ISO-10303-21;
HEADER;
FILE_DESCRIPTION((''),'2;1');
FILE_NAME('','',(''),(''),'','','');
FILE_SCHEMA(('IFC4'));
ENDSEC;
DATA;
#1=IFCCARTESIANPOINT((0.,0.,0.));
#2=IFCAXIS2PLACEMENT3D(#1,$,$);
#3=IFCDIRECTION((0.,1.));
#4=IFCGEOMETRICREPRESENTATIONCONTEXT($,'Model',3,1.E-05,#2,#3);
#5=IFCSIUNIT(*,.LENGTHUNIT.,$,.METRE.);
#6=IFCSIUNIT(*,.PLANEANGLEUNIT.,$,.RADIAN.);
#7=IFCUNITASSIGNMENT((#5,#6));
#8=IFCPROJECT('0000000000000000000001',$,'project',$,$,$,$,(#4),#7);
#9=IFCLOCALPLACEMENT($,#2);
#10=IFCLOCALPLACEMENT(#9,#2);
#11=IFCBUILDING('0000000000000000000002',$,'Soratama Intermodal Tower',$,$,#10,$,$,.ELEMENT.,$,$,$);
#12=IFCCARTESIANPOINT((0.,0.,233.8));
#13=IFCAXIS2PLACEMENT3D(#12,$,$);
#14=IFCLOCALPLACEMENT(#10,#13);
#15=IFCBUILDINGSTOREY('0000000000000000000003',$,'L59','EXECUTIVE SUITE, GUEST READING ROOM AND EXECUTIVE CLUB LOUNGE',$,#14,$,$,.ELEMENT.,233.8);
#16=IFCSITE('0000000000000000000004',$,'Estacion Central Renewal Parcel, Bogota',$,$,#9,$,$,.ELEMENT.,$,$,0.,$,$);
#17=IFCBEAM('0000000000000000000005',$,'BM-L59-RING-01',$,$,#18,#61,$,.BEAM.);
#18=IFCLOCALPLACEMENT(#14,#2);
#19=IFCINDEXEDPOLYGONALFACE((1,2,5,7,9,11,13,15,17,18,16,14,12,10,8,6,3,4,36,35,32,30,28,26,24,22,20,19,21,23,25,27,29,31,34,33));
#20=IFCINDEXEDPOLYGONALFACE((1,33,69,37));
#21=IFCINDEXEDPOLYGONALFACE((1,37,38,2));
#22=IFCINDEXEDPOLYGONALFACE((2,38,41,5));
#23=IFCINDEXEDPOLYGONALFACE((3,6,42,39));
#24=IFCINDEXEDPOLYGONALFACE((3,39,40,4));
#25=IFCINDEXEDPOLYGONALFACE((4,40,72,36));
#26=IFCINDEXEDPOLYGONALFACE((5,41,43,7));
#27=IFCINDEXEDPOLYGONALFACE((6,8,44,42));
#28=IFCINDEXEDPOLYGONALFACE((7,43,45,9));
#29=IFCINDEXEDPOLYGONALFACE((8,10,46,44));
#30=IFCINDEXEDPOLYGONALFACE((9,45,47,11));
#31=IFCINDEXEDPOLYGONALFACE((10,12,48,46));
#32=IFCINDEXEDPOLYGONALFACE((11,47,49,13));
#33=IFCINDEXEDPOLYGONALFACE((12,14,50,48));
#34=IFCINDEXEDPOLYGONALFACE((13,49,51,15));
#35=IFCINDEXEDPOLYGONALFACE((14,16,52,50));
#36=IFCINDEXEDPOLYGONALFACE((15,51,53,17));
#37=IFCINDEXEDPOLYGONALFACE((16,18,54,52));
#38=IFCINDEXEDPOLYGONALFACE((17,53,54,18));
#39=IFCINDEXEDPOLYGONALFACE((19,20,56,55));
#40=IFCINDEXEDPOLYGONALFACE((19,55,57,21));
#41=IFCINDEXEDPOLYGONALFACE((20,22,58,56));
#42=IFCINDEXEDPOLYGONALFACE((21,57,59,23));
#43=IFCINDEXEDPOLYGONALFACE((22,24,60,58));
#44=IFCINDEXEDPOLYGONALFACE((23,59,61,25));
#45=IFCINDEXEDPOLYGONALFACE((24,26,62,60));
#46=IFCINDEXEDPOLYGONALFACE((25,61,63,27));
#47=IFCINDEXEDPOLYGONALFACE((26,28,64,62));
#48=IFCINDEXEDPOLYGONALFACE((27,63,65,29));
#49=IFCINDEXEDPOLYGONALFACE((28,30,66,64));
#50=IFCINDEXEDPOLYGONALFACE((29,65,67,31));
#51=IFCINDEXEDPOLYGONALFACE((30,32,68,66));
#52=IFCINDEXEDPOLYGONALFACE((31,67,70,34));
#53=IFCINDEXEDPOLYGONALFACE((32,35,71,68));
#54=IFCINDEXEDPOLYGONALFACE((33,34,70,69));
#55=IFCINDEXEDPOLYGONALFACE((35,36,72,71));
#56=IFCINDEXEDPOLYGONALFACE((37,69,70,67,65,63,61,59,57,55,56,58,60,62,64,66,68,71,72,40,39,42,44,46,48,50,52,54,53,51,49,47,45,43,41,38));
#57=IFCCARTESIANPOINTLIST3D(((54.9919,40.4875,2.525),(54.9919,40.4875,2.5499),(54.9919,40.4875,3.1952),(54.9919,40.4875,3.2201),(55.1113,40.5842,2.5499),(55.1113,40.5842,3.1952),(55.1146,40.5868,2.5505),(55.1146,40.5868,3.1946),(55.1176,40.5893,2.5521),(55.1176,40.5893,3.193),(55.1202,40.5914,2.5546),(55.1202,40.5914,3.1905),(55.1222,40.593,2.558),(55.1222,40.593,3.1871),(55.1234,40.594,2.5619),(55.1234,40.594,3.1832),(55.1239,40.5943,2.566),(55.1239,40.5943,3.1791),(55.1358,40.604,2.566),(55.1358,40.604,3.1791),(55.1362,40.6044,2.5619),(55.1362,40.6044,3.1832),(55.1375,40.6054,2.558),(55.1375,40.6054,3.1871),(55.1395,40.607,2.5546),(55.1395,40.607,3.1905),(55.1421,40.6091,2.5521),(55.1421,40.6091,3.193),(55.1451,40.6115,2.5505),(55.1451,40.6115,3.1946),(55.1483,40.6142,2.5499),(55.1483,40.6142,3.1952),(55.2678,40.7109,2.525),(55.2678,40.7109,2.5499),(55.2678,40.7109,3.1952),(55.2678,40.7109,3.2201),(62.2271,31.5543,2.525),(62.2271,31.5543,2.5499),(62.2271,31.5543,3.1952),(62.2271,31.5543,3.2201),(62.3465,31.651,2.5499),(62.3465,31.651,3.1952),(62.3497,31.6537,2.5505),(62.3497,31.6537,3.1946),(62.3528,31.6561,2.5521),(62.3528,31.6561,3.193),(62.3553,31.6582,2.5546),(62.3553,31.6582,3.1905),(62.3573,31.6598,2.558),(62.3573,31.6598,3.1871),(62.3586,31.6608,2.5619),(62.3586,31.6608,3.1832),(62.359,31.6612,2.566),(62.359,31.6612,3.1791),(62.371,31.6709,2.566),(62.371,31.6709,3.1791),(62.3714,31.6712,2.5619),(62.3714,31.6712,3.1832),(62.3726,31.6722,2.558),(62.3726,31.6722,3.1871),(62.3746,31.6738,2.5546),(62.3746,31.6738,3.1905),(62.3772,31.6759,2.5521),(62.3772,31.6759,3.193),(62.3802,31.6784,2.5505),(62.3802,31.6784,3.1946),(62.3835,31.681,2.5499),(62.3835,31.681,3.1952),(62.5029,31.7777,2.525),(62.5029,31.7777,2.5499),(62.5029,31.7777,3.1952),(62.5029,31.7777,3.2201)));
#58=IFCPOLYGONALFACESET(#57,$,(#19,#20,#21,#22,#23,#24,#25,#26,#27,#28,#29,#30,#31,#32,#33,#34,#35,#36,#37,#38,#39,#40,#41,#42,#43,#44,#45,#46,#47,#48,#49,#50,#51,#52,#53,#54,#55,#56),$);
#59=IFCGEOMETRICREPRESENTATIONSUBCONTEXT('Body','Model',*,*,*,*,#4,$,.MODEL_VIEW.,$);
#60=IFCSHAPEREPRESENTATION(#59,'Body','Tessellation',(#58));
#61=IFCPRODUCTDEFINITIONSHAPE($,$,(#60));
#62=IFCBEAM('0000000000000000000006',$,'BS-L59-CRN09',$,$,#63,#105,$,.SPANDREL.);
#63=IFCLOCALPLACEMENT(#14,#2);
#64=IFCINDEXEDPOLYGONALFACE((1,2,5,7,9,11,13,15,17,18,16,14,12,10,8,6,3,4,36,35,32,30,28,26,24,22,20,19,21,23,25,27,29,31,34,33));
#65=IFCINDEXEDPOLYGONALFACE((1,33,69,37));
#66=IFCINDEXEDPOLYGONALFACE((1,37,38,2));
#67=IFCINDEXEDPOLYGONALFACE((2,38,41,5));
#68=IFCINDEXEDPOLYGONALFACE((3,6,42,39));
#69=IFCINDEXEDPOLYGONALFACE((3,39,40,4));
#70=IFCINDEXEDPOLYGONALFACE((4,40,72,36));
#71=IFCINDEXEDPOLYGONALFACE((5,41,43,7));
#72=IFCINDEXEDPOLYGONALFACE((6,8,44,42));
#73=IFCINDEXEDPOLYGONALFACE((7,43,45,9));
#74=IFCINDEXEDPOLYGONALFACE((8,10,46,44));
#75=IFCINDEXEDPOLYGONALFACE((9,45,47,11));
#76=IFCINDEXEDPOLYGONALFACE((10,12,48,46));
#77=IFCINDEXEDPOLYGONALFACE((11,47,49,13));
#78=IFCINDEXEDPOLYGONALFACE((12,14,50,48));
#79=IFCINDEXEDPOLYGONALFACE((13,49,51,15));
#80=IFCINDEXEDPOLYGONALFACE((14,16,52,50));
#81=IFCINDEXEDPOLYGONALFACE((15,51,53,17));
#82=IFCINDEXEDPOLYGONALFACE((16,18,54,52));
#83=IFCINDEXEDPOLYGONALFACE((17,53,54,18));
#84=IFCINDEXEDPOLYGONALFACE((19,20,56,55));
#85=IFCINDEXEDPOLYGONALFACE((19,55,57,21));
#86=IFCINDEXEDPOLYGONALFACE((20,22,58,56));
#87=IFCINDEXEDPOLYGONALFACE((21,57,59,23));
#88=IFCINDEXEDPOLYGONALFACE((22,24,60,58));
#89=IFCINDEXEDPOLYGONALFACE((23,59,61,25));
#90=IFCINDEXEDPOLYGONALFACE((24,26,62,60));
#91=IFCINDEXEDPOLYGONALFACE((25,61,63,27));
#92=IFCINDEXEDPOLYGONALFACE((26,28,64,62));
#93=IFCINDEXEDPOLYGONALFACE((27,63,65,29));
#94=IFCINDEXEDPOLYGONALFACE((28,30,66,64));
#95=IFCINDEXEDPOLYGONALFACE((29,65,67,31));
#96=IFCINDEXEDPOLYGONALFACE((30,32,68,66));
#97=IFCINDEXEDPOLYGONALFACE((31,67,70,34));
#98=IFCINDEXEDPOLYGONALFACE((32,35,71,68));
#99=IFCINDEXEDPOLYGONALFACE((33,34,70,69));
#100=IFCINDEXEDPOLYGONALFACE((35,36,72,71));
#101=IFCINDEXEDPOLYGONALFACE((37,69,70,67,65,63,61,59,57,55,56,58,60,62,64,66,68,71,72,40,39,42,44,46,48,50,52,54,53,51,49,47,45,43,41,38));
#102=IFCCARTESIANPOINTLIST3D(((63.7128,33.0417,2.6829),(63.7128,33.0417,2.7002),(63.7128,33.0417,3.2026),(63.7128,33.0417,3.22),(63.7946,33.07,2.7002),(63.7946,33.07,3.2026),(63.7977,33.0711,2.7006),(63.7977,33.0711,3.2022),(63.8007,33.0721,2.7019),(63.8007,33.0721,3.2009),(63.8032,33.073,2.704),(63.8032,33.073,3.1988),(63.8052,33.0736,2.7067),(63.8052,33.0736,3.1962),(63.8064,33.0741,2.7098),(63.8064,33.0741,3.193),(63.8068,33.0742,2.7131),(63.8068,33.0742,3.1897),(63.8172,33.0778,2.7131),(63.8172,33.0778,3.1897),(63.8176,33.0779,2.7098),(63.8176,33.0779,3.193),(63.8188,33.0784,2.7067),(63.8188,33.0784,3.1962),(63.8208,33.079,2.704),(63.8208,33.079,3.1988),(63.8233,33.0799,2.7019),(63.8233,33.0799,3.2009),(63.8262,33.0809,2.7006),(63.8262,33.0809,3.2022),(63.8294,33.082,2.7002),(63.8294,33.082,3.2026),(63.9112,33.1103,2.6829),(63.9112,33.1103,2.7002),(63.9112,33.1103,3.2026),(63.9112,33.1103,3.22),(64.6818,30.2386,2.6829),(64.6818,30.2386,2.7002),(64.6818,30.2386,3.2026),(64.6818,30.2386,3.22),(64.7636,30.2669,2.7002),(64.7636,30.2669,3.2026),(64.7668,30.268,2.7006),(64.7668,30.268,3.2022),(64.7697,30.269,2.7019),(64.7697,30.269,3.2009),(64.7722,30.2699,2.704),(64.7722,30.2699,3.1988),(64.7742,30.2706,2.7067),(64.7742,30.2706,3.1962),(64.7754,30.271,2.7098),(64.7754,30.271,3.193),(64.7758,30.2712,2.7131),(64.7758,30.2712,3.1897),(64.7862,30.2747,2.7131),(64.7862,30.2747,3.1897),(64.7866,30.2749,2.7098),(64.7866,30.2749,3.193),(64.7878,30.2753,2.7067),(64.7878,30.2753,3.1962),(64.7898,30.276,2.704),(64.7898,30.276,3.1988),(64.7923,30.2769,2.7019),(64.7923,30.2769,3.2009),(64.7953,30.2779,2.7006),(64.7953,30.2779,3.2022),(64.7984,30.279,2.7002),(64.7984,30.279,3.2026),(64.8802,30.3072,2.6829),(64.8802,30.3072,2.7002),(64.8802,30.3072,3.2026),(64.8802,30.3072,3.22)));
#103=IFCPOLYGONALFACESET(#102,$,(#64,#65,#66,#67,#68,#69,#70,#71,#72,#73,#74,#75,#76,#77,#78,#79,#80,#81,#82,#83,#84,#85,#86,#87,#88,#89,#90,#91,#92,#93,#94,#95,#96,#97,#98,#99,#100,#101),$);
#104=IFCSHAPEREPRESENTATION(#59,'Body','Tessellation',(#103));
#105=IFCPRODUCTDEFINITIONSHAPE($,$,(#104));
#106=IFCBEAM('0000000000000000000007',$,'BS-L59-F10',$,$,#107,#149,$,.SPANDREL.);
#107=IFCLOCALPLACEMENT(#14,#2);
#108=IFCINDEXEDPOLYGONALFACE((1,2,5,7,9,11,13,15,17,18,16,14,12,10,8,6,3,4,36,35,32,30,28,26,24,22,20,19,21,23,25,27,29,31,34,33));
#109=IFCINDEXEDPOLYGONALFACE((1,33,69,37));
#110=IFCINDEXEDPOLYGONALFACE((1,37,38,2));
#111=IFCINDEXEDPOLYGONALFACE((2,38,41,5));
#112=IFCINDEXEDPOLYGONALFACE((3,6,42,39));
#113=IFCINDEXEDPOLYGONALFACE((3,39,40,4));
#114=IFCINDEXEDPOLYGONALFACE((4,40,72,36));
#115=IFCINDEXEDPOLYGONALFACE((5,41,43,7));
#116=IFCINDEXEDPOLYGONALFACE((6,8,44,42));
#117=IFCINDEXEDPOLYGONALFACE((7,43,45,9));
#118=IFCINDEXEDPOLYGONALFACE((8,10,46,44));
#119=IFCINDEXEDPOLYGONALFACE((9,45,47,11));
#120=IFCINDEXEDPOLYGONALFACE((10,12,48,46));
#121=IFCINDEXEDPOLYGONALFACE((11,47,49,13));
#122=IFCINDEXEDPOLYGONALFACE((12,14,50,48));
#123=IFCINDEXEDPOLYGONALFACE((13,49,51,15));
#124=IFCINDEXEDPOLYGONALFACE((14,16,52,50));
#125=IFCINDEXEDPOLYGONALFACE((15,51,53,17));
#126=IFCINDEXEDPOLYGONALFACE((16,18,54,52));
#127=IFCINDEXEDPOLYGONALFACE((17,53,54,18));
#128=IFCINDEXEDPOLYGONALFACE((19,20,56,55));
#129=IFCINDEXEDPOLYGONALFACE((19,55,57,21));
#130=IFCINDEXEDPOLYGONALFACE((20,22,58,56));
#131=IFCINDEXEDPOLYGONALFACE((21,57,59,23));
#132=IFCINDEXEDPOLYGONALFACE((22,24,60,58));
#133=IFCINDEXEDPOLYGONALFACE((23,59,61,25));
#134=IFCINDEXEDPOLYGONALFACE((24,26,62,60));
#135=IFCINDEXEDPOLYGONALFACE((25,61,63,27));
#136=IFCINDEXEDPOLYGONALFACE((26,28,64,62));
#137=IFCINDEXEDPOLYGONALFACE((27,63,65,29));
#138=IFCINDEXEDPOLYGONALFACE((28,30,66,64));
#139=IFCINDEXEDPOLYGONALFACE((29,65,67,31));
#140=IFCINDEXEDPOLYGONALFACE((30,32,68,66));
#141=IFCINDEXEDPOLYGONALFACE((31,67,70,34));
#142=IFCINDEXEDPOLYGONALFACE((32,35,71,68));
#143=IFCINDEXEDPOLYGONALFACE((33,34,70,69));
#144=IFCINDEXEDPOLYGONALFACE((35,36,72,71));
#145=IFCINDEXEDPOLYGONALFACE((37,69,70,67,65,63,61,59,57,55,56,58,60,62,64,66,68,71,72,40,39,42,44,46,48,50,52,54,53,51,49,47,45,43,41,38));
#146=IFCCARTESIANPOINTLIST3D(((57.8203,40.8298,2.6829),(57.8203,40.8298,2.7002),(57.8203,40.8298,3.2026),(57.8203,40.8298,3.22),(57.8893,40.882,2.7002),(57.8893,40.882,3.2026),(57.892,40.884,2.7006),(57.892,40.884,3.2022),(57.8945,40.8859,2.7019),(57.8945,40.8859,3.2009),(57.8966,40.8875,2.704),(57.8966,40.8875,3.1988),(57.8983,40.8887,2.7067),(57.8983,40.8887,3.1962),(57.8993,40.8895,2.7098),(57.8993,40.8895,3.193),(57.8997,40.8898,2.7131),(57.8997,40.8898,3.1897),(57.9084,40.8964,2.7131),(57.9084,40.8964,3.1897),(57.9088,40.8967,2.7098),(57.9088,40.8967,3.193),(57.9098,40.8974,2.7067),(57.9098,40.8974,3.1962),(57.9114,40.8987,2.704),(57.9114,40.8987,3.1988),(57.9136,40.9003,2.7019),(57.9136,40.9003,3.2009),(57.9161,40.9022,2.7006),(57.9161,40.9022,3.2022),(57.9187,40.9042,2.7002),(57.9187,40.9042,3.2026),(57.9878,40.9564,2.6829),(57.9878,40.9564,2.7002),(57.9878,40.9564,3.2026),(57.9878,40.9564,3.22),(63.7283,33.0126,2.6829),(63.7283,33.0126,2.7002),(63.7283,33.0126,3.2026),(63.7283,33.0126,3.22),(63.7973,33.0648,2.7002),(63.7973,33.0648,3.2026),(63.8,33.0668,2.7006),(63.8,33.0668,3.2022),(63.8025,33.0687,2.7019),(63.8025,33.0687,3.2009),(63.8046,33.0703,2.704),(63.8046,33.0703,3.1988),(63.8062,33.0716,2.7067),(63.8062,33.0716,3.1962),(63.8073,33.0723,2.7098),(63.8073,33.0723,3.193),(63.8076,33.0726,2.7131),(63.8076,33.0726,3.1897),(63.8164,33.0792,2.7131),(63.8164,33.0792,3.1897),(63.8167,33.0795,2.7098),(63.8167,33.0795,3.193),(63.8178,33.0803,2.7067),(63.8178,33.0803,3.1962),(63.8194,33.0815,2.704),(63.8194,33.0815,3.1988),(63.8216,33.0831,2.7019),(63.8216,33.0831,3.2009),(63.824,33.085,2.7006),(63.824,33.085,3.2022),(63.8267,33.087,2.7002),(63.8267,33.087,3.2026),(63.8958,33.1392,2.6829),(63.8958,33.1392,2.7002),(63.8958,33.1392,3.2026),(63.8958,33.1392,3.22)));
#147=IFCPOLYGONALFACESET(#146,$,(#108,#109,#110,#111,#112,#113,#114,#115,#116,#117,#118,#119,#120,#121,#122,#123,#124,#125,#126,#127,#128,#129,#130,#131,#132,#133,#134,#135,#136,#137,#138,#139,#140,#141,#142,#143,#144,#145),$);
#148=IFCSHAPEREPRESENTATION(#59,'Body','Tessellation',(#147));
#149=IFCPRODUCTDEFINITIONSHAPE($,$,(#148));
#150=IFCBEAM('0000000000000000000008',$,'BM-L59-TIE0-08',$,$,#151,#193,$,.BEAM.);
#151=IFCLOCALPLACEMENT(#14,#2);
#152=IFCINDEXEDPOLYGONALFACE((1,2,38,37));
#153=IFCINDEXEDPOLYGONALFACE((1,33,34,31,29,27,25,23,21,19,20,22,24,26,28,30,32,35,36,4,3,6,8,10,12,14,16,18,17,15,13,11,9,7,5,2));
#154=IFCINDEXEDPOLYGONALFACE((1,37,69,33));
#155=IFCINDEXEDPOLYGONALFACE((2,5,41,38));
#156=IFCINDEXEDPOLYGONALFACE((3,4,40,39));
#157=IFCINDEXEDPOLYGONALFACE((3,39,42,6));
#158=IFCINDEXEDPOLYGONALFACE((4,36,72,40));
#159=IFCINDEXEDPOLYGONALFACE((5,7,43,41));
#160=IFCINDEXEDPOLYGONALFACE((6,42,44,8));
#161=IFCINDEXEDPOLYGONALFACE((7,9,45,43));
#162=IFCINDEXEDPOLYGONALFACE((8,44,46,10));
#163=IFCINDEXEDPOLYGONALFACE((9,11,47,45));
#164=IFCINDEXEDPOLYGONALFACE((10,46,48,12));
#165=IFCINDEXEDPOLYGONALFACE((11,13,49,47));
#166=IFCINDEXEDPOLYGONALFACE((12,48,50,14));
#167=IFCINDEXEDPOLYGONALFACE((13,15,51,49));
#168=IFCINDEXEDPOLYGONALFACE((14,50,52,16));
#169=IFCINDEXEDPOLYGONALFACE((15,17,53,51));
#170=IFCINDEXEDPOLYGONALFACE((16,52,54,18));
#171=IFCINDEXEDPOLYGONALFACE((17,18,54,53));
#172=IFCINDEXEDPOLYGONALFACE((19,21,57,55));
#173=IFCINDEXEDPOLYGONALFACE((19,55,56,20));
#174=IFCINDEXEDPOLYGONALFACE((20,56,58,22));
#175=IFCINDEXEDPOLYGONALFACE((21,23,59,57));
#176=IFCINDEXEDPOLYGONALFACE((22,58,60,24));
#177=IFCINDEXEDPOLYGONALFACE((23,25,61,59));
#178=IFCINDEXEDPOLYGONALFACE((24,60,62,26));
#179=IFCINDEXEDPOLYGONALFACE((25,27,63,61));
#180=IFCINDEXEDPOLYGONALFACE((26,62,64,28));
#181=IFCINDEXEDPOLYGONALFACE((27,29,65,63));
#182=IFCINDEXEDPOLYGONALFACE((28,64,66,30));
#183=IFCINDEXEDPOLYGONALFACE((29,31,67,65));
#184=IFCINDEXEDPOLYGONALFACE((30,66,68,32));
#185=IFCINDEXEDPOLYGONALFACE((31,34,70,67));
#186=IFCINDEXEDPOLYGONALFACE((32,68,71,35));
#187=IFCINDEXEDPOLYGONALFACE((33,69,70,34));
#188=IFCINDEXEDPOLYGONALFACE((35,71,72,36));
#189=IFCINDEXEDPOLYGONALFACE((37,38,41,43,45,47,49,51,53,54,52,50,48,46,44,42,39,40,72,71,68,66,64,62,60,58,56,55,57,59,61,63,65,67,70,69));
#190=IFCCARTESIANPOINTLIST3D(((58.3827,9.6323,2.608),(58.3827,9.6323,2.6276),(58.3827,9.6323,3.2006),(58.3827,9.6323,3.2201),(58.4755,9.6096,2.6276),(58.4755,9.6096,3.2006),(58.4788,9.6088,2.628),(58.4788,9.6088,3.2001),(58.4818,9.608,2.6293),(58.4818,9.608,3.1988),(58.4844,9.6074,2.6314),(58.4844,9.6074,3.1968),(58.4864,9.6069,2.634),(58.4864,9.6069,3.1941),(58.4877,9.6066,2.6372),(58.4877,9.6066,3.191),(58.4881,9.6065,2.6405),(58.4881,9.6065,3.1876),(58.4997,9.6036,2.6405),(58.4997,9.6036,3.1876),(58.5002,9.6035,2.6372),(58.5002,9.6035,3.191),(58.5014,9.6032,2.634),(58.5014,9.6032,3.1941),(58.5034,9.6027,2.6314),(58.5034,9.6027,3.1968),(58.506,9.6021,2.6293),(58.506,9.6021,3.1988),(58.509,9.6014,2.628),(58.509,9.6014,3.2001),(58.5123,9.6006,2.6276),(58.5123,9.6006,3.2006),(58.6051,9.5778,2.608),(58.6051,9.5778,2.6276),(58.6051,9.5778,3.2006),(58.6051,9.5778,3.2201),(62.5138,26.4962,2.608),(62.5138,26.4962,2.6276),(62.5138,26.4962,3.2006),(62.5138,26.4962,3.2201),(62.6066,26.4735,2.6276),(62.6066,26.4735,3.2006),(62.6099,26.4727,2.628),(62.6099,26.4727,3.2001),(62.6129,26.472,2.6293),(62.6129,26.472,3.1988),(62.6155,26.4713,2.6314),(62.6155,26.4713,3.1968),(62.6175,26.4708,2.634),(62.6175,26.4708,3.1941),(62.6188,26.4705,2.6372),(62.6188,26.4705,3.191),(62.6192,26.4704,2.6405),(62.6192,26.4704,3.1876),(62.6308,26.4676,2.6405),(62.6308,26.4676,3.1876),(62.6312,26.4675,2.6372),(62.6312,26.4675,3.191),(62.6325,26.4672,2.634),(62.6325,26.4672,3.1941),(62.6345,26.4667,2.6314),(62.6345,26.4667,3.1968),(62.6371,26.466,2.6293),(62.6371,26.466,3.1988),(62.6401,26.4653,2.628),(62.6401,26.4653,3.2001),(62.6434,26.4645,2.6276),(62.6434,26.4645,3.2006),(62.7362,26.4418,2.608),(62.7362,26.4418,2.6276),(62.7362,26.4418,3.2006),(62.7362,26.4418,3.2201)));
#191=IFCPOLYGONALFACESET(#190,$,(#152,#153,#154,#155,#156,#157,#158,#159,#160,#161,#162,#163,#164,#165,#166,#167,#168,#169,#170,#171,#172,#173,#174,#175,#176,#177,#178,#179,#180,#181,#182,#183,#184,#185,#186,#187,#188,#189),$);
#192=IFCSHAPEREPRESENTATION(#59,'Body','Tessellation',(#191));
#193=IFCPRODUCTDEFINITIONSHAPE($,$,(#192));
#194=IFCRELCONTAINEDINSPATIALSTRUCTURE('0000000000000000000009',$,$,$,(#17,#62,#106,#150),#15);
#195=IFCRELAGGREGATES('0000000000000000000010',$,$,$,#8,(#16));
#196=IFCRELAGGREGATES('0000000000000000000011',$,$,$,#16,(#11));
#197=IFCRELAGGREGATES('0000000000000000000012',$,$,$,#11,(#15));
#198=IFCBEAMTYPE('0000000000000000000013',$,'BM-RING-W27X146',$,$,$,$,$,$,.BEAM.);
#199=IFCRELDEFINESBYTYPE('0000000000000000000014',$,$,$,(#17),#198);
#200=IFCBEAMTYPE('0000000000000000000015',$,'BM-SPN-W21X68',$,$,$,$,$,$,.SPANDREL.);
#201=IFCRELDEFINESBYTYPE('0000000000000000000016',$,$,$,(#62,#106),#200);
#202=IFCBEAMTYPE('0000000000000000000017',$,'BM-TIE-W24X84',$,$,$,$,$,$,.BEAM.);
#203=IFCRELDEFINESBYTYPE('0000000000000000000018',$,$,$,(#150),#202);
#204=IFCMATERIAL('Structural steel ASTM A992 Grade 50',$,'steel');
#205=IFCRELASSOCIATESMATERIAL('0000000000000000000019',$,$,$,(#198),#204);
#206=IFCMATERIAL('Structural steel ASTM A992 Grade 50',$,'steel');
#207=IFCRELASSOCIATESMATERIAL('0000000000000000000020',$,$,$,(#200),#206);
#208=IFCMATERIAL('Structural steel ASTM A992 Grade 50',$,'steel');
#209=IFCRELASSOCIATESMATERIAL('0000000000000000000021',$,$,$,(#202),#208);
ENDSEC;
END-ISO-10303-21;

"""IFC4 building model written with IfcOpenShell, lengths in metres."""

from ifc_helpers import new_model, si_unit, direction, frame, origin, origin_2d, place, context, subcontext, project, spatial, i_section, extrude, material, material_profile, profile_set, type_object, element, save


model = new_model("IFC4")

# Units and contexts
model_context = context("Model", 3, precision=1e-05, world=origin(), true_north=direction((0.0, 1.0)))
body_context = subcontext(model_context, "Body", "Model", "MODEL_VIEW")
ifc_project = project(units=[si_unit("LENGTHUNIT", "METRE"), si_unit("PLANEANGLEUNIT", "RADIAN")], contexts=[model_context])

# Site, building, storey
site_placement = place(None, origin())
site = spatial("IfcSite", under=ifc_project, at=site_placement, Name="Estacion Central Renewal Parcel, Bogota", CompositionType="ELEMENT", RefElevation=0.0)
building_placement = place(site_placement, origin())
building = spatial("IfcBuilding", under=site, at=building_placement, Name="Soratama Intermodal Tower", CompositionType="ELEMENT")
storey_placement = place(building_placement, frame((0.0, 0.0, 233.8)))
storey = spatial("IfcBuildingStorey", under=building, at=storey_placement, Name="L59", Description="EXECUTIVE SUITE, GUEST READING ROOM AND EXECUTIVE CLUB LOUNGE", CompositionType="ELEMENT", Elevation=233.8)

# Beams
ifc_material_1 = material(Name="Structural steel ASTM A992 Grade 50", Category="steel")
ifc_material_profile_1 = material_profile(ifc_material_1, i_section(OverallWidth=0.355, OverallDepth=0.6951, WebThickness=0.0154, FlangeThickness=0.0249, FilletRadius=0.0161, at=origin_2d()), Name="W27X146")
ifc_profile_set_1 = profile_set([ifc_material_profile_1], Name="Structural steel ASTM A992 Grade 50")
beam_type_1 = type_object("IfcBeamType", Name="BM-RING-W27X146", PredefinedType="BEAM", material=ifc_profile_set_1)
beam_1_placement = place(storey_placement, frame((62.365, 31.666, 2.8726), z_axis=(-0.629385, 0.777094, 0.0), x_axis=(-0.777094, -0.629385, 0.0)))
element("IfcBeam", 1, at=beam_1_placement, inside=storey, type_object=beam_type_1, Name="BM-L59-RING-01", PredefinedType="BEAM", context=body_context, shape_type="SweptSolid", body=[
    extrude(i_section(OverallWidth=0.355, OverallDepth=0.6951, WebThickness=0.0154, FlangeThickness=0.0249, FilletRadius=0.0161, at=origin_2d()), origin(), (0.0, 0.0, 1.0), 11.4956),
])
ifc_material_2 = material(Name="Structural steel ASTM A992 Grade 50", Category="steel")
ifc_material_profile_2 = material_profile(ifc_material_2, i_section(OverallWidth=0.21, OverallDepth=0.5371, WebThickness=0.011, FlangeThickness=0.0173, FilletRadius=0.0129, at=origin_2d()), Name="W21X68")
ifc_profile_set_2 = profile_set([ifc_material_profile_2], Name="Structural steel ASTM A992 Grade 50")
beam_type_2 = type_object("IfcBeamType", Name="BM-SPN-W21X68", PredefinedType="SPANDREL", material=ifc_profile_set_2)
beam_2_placement = place(storey_placement, frame((64.781, 30.2729, 2.9514), z_axis=(-0.326729, 0.945118, 0.0), x_axis=(-0.945118, -0.326729, 0.0)))
element("IfcBeam", 2, at=beam_2_placement, inside=storey, type_object=beam_type_2, Name="BS-L59-CRN09", PredefinedType="SPANDREL", context=body_context, shape_type="SweptSolid", body=[
    extrude(i_section(OverallWidth=0.21, OverallDepth=0.5371, WebThickness=0.011, FlangeThickness=0.0173, FilletRadius=0.0129, at=origin_2d()), origin(), (0.0, 0.0, 1.0), 2.9658),
])
beam_3_placement = place(storey_placement, frame((63.812, 33.0759, 2.9514), z_axis=(-0.602942, 0.797785, 0.0), x_axis=(-0.797785, -0.602942, 0.0)))
element("IfcBeam", 3, at=beam_3_placement, inside=storey, type_object=beam_type_2, Name="BS-L59-F10", PredefinedType="SPANDREL", context=body_context, shape_type="SweptSolid", body=[
    extrude(i_section(OverallWidth=0.21, OverallDepth=0.5371, WebThickness=0.011, FlangeThickness=0.0173, FilletRadius=0.0129, at=origin_2d()), origin(), (0.0, 0.0, 1.0), 9.7986),
])
ifc_material_3 = material(Name="Structural steel ASTM A992 Grade 50", Category="steel")
ifc_material_profile_3 = material_profile(ifc_material_3, i_section(OverallWidth=0.229, OverallDepth=0.6121, WebThickness=0.012, FlangeThickness=0.0195, FilletRadius=0.0129, at=origin_2d()), Name="W24X84")
ifc_profile_set_3 = profile_set([ifc_material_profile_3], Name="Structural steel ASTM A992 Grade 50")
beam_type_3 = type_object("IfcBeamType", Name="BM-TIE-W24X84", PredefinedType="BEAM", material=ifc_profile_set_3)
beam_4_placement = place(storey_placement, frame((62.625, 26.469, 2.9141), z_axis=(-0.237931, -0.971282, 0.0), x_axis=(0.971282, -0.237931, 0.0)))
element("IfcBeam", 4, at=beam_4_placement, inside=storey, type_object=beam_type_3, Name="BM-L59-TIE0-08", PredefinedType="BEAM", context=body_context, shape_type="SweptSolid", body=[
    extrude(i_section(OverallWidth=0.229, OverallDepth=0.6121, WebThickness=0.012, FlangeThickness=0.0195, FilletRadius=0.0129, at=origin_2d()), origin(), (0.0, 0.0, 1.0), 17.3625),
])

save(model, "model.ifc")
